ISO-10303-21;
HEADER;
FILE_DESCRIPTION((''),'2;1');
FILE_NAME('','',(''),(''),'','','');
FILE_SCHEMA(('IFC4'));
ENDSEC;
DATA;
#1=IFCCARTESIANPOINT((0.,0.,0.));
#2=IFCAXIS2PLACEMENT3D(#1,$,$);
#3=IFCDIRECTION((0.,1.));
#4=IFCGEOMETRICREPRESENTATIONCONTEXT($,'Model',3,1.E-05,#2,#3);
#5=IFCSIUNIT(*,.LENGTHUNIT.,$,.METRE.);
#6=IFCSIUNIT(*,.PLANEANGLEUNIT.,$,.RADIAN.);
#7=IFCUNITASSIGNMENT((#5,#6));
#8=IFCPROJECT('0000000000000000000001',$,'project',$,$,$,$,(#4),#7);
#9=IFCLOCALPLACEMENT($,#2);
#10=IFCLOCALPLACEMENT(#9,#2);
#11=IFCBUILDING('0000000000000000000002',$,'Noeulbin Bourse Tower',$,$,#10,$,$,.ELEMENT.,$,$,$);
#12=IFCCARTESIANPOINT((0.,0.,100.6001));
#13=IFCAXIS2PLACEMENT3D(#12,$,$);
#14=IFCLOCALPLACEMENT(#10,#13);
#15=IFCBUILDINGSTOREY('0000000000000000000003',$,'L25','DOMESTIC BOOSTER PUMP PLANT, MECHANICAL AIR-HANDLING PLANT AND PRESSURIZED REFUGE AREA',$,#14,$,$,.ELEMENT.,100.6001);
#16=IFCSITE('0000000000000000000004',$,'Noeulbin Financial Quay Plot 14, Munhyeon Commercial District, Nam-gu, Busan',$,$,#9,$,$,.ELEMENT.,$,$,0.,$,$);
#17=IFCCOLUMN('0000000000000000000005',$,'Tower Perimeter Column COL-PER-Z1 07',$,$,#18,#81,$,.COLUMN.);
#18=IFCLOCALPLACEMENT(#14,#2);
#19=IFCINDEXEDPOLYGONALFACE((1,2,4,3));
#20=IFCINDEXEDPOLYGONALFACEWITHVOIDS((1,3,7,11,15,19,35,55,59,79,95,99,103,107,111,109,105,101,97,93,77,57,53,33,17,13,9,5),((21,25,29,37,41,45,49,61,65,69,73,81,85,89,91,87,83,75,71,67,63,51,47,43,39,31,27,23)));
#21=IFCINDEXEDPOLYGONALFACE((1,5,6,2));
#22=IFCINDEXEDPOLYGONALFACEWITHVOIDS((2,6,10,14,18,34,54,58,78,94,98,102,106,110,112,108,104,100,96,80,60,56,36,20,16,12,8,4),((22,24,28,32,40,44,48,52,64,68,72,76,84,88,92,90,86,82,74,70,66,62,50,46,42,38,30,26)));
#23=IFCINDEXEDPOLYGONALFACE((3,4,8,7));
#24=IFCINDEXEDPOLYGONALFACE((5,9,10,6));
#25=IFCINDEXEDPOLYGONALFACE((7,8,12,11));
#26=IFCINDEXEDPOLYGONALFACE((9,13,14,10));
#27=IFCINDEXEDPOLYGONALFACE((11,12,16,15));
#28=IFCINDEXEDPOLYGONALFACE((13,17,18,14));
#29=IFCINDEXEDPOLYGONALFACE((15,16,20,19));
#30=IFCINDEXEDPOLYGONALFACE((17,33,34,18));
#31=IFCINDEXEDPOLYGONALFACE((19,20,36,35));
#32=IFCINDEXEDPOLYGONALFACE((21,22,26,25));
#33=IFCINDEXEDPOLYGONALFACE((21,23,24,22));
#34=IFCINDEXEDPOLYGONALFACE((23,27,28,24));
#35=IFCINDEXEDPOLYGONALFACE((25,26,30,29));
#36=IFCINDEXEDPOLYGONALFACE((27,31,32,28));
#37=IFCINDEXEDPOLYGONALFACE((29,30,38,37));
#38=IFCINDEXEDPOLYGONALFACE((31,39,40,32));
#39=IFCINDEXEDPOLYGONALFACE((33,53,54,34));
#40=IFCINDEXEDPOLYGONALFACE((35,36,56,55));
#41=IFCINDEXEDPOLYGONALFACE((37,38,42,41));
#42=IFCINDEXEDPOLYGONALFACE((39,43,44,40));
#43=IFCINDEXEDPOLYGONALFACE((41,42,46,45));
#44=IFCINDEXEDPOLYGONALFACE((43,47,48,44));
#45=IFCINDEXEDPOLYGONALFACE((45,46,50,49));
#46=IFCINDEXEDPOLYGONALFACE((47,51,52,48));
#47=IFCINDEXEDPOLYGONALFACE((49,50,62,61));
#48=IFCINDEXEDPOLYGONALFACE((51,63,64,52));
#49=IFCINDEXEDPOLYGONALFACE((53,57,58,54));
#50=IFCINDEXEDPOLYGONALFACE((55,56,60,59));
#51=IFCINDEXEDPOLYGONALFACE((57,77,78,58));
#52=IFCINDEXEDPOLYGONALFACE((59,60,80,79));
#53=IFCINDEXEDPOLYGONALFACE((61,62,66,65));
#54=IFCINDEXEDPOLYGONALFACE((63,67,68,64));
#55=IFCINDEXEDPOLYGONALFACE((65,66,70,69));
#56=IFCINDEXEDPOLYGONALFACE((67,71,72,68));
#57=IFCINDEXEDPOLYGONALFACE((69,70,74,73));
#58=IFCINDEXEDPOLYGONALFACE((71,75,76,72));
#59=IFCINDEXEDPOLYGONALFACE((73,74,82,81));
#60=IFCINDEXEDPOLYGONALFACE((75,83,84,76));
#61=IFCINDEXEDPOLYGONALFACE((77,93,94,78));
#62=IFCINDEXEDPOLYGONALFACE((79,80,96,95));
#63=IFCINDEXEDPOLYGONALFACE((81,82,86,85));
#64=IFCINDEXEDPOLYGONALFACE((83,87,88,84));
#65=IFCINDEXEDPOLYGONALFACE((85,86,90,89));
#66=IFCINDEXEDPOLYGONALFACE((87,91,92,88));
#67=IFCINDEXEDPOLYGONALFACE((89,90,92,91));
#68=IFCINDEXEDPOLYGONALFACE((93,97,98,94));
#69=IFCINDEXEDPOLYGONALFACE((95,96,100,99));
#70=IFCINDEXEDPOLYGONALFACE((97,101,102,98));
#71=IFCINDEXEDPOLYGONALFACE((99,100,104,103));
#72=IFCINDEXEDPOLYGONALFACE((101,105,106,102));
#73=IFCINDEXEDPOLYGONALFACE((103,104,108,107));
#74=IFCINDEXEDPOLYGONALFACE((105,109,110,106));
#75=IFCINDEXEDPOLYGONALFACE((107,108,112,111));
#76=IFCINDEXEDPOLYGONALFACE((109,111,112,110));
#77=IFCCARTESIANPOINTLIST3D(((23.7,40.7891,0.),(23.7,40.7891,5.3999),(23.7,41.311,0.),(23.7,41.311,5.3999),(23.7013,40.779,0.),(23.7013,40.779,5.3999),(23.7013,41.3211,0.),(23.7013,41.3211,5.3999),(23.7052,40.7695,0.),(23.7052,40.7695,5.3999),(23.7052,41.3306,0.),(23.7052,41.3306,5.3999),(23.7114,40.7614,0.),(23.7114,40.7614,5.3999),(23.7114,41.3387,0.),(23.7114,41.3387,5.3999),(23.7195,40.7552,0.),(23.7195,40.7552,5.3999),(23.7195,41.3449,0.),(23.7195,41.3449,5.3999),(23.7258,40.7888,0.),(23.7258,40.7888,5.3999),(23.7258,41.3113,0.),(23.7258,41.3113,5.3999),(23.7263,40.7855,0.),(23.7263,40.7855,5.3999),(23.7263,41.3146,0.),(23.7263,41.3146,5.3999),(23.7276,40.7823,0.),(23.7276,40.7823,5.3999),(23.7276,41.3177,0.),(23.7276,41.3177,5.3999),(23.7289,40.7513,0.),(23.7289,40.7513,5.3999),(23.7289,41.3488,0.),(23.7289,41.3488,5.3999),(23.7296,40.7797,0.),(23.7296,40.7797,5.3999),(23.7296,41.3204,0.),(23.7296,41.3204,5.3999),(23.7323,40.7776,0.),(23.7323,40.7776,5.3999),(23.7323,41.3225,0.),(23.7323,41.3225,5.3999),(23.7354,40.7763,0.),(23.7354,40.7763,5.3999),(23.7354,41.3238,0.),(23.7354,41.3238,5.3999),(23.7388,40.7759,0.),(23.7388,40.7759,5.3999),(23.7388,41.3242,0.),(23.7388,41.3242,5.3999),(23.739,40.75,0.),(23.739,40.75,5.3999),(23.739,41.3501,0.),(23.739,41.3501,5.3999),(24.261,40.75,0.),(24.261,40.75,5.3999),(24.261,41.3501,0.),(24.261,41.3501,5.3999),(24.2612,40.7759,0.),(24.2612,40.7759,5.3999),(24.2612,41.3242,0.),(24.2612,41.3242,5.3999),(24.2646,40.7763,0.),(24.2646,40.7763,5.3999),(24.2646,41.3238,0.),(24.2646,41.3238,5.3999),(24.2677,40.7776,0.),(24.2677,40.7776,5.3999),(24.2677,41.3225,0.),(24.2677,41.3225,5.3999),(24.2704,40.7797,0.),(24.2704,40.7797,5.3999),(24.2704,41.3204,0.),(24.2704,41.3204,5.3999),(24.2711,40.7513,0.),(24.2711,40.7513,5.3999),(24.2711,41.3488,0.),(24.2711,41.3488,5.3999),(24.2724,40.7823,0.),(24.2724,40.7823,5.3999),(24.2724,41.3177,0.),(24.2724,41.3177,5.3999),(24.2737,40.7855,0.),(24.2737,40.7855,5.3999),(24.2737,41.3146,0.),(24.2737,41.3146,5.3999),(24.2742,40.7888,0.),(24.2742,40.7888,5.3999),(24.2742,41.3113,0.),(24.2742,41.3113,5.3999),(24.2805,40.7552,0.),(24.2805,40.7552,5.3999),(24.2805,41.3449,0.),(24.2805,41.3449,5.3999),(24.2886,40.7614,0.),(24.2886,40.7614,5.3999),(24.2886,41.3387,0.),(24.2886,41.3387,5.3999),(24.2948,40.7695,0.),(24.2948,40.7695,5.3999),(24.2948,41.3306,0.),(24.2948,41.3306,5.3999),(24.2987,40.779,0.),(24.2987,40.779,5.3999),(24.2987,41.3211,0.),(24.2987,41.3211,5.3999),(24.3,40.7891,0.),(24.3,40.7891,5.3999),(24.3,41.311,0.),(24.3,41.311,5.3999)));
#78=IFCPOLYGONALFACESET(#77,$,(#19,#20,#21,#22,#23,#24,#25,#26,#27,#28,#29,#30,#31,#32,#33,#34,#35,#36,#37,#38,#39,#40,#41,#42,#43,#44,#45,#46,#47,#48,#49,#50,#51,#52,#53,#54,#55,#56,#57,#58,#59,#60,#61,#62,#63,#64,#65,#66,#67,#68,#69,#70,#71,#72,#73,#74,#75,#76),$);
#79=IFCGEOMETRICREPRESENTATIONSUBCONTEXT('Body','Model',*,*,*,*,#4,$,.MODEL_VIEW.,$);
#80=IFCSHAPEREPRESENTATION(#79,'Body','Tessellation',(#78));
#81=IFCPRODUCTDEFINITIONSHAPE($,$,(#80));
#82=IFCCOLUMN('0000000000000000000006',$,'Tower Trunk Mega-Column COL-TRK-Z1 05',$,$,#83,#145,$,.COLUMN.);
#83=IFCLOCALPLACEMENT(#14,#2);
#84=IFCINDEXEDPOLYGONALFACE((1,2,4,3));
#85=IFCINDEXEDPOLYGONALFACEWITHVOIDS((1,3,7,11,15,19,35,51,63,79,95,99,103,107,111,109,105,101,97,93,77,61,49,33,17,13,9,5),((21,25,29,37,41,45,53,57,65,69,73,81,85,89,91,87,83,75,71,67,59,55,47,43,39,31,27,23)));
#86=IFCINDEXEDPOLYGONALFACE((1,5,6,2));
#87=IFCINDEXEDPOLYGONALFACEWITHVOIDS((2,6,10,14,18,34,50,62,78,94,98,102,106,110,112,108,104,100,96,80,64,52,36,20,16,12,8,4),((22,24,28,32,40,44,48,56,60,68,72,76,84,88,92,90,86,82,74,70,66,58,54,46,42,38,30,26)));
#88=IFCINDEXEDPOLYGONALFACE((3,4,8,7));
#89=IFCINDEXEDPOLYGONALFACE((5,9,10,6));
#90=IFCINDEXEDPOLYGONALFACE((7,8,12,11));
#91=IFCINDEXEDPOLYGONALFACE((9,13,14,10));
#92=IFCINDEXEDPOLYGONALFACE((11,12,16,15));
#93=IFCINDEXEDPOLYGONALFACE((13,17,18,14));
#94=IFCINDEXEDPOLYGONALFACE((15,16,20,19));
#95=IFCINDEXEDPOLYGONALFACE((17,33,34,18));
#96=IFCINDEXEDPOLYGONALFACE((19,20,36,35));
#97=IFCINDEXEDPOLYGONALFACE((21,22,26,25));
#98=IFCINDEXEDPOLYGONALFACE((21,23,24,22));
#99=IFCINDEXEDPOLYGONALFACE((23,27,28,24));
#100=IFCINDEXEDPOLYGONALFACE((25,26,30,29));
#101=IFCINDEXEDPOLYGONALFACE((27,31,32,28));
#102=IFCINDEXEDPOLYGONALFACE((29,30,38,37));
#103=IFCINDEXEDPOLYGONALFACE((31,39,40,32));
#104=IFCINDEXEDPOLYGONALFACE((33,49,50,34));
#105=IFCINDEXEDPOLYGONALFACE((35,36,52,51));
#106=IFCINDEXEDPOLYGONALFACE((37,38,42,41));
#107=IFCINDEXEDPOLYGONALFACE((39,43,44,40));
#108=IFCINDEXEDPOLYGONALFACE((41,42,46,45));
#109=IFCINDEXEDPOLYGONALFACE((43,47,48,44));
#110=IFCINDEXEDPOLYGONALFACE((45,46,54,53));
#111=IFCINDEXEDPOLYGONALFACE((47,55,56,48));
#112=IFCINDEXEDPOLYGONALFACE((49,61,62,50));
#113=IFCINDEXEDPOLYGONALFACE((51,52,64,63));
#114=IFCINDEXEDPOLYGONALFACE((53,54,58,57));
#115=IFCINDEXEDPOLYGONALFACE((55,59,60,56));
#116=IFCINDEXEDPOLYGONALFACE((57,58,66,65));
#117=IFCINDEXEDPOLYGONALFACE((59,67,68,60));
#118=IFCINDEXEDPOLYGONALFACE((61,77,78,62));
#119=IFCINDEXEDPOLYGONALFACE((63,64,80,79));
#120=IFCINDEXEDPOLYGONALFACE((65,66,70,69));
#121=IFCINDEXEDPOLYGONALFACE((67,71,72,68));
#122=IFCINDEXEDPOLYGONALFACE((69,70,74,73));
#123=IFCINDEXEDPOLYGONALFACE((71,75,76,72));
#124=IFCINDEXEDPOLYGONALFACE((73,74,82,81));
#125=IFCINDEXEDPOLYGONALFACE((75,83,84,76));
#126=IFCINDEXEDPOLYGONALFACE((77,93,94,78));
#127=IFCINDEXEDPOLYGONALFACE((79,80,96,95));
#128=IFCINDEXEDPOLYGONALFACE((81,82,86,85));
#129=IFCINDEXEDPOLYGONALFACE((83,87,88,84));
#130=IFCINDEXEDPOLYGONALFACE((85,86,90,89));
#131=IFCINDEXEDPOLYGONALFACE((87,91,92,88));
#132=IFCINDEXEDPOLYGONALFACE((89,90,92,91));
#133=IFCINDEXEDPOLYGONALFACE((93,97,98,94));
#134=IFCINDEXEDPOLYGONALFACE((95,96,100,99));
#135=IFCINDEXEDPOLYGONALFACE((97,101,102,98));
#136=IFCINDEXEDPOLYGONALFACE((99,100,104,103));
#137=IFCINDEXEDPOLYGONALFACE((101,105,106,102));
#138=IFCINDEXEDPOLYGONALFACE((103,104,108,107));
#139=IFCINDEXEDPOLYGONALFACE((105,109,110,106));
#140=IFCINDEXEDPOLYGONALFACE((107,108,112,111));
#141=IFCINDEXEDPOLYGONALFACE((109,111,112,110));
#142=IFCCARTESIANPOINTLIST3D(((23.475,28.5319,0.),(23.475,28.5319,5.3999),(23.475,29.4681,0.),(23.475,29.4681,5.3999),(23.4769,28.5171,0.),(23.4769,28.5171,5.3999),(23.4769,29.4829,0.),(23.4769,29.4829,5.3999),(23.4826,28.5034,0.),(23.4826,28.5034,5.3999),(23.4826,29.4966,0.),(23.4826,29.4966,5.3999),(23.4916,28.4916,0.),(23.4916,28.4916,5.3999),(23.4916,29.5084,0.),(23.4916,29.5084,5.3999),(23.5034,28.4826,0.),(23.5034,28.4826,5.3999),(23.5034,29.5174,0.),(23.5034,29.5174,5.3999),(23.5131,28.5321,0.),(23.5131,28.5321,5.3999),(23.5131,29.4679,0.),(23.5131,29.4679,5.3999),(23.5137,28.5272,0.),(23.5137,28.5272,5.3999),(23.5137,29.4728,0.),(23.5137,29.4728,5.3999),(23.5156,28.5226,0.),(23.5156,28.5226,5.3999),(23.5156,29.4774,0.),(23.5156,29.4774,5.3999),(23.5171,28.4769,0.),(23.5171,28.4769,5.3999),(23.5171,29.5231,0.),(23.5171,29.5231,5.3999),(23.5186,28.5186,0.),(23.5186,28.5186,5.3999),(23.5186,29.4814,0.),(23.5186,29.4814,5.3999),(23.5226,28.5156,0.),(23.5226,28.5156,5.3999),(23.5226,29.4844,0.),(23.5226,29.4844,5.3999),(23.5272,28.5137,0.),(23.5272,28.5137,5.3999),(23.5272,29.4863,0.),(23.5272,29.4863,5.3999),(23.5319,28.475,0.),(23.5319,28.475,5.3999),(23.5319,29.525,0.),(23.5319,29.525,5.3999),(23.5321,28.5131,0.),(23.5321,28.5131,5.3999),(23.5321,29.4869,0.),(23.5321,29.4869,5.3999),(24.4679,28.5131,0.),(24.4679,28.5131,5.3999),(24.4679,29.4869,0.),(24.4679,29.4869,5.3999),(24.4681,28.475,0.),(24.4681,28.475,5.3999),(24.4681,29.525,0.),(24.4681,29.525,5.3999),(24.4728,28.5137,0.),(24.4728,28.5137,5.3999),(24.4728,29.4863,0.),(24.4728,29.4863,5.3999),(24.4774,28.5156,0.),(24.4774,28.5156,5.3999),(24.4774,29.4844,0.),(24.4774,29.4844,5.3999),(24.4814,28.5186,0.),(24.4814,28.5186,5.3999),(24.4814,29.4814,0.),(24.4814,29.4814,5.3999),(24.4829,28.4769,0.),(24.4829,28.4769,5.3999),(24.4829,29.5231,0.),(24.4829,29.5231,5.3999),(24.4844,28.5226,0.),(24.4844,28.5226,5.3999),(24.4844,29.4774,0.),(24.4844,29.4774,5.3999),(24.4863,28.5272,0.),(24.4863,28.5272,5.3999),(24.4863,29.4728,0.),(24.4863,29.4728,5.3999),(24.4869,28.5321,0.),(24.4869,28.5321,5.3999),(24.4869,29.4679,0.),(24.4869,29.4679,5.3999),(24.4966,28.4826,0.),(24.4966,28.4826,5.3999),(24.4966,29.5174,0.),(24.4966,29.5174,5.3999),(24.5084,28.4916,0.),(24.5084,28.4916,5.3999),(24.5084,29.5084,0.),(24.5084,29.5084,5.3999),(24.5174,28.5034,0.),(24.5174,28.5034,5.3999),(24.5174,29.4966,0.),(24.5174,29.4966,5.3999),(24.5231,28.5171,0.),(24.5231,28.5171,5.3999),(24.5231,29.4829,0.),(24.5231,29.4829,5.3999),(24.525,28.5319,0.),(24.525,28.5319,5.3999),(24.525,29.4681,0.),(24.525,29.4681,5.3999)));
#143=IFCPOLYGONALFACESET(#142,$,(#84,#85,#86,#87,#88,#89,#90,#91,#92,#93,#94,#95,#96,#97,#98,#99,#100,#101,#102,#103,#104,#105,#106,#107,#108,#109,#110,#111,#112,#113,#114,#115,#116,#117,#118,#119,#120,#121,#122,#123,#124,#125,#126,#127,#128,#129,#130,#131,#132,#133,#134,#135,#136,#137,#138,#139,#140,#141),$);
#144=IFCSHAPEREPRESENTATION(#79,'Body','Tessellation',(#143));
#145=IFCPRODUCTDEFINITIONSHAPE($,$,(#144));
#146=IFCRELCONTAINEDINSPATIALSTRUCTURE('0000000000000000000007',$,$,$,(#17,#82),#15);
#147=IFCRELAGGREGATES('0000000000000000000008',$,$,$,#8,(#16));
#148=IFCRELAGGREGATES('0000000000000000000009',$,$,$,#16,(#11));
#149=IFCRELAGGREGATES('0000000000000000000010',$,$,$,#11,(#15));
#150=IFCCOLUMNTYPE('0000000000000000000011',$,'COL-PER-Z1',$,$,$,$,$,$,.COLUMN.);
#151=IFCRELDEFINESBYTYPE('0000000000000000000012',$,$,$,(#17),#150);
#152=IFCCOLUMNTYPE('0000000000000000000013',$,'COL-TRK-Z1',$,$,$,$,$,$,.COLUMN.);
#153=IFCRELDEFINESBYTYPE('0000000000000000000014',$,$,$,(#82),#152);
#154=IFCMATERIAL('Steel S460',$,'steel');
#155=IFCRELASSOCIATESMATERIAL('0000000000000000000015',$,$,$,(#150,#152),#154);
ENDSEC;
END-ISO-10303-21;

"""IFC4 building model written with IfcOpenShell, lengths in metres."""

from ifc_helpers import new_model, si_unit, direction, frame, origin, origin_2d, place, context, subcontext, project, spatial, hollow_rectangle, extrude, material, material_profile, profile_set, type_object, element, save


model = new_model("IFC4")

# Units and contexts
model_context = context("Model", 3, precision=1e-05, world=origin(), true_north=direction((0.0, 1.0)))
body_context = subcontext(model_context, "Body", "Model", "MODEL_VIEW")
ifc_project = project(units=[si_unit("LENGTHUNIT", "METRE"), si_unit("PLANEANGLEUNIT", "RADIAN")], contexts=[model_context])

# Site, building, storey
site_placement = place(None, origin())
site = spatial("IfcSite", under=ifc_project, at=site_placement, Name="Noeulbin Financial Quay Plot 14, Munhyeon Commercial District, Nam-gu, Busan", CompositionType="ELEMENT", RefElevation=0.0)
building_placement = place(site_placement, origin())
building = spatial("IfcBuilding", under=site, at=building_placement, Name="Noeulbin Bourse Tower", CompositionType="ELEMENT")
storey_placement = place(building_placement, frame((0.0, 0.0, 100.6001)))
storey = spatial("IfcBuildingStorey", under=building, at=storey_placement, Name="L25", Description="DOMESTIC BOOSTER PUMP PLANT, MECHANICAL AIR-HANDLING PLANT AND PRESSURIZED REFUGE AREA", CompositionType="ELEMENT", Elevation=100.6001)

# Columns
ifc_material_1 = material(Name="Steel S460", Category="steel")
ifc_material_profile_1 = material_profile(ifc_material_1, hollow_rectangle(XDim=0.6001, YDim=0.6001, WallThickness=0.0259, InnerFilletRadius=0.0129, OuterFilletRadius=0.0391, at=origin_2d()), Name="BOX-600x600x26", Category="LoadBearing")
ifc_profile_set_1 = profile_set([ifc_material_profile_1], Name="Steel S460")
column_type_1 = type_object("IfcColumnType", Name="COL-PER-Z1", PredefinedType="COLUMN", material=ifc_profile_set_1)
column_placement = place(storey_placement, frame((24.0, 41.05, 0.0), z_axis=(0.0, 0.0, 1.0), x_axis=(1.0, 0.0, 0.0)))
element("IfcColumn", 1, at=column_placement, inside=storey, type_object=column_type_1, Name="Tower Perimeter Column COL-PER-Z1 07", PredefinedType="COLUMN", context=body_context, shape_type="SweptSolid", body=[
    extrude(hollow_rectangle(XDim=0.6001, YDim=0.6001, WallThickness=0.0259, InnerFilletRadius=0.0129, OuterFilletRadius=0.0391, at=origin_2d()), origin(), (0.0, 0.0, 1.0), 5.3999),
])
ifc_material_profile_2 = material_profile(ifc_material_1, hollow_rectangle(XDim=1.05, YDim=1.05, WallThickness=0.0381, InnerFilletRadius=0.019, OuterFilletRadius=0.0569, at=origin_2d()), Name="BOX-1050x1050x38", Category="LoadBearing")
ifc_profile_set_2 = profile_set([ifc_material_profile_2], Name="Steel S460")
column_type_2 = type_object("IfcColumnType", Name="COL-TRK-Z1", PredefinedType="COLUMN", material=ifc_profile_set_2)
for number, where, z_axis, x_axis, name in (
    (2, (24.0, 29.0, 0.0), (0.0, 0.0, 1.0), (1.0, 0.0, 0.0), "Tower Trunk Mega-Column COL-TRK-Z1 05"),
):
    element("IfcColumn", number, at=place(storey_placement, frame(where, z_axis=z_axis, x_axis=x_axis)), inside=storey, type_object=column_type_2, Name=name, PredefinedType="COLUMN", context=body_context, shape_type="SweptSolid", body=[
        extrude(hollow_rectangle(XDim=1.05, YDim=1.05, WallThickness=0.0381, InnerFilletRadius=0.019, OuterFilletRadius=0.0569, at=origin_2d()), origin(), (0.0, 0.0, 1.0), 5.3999),
    ])

save(model, "model.ifc")
